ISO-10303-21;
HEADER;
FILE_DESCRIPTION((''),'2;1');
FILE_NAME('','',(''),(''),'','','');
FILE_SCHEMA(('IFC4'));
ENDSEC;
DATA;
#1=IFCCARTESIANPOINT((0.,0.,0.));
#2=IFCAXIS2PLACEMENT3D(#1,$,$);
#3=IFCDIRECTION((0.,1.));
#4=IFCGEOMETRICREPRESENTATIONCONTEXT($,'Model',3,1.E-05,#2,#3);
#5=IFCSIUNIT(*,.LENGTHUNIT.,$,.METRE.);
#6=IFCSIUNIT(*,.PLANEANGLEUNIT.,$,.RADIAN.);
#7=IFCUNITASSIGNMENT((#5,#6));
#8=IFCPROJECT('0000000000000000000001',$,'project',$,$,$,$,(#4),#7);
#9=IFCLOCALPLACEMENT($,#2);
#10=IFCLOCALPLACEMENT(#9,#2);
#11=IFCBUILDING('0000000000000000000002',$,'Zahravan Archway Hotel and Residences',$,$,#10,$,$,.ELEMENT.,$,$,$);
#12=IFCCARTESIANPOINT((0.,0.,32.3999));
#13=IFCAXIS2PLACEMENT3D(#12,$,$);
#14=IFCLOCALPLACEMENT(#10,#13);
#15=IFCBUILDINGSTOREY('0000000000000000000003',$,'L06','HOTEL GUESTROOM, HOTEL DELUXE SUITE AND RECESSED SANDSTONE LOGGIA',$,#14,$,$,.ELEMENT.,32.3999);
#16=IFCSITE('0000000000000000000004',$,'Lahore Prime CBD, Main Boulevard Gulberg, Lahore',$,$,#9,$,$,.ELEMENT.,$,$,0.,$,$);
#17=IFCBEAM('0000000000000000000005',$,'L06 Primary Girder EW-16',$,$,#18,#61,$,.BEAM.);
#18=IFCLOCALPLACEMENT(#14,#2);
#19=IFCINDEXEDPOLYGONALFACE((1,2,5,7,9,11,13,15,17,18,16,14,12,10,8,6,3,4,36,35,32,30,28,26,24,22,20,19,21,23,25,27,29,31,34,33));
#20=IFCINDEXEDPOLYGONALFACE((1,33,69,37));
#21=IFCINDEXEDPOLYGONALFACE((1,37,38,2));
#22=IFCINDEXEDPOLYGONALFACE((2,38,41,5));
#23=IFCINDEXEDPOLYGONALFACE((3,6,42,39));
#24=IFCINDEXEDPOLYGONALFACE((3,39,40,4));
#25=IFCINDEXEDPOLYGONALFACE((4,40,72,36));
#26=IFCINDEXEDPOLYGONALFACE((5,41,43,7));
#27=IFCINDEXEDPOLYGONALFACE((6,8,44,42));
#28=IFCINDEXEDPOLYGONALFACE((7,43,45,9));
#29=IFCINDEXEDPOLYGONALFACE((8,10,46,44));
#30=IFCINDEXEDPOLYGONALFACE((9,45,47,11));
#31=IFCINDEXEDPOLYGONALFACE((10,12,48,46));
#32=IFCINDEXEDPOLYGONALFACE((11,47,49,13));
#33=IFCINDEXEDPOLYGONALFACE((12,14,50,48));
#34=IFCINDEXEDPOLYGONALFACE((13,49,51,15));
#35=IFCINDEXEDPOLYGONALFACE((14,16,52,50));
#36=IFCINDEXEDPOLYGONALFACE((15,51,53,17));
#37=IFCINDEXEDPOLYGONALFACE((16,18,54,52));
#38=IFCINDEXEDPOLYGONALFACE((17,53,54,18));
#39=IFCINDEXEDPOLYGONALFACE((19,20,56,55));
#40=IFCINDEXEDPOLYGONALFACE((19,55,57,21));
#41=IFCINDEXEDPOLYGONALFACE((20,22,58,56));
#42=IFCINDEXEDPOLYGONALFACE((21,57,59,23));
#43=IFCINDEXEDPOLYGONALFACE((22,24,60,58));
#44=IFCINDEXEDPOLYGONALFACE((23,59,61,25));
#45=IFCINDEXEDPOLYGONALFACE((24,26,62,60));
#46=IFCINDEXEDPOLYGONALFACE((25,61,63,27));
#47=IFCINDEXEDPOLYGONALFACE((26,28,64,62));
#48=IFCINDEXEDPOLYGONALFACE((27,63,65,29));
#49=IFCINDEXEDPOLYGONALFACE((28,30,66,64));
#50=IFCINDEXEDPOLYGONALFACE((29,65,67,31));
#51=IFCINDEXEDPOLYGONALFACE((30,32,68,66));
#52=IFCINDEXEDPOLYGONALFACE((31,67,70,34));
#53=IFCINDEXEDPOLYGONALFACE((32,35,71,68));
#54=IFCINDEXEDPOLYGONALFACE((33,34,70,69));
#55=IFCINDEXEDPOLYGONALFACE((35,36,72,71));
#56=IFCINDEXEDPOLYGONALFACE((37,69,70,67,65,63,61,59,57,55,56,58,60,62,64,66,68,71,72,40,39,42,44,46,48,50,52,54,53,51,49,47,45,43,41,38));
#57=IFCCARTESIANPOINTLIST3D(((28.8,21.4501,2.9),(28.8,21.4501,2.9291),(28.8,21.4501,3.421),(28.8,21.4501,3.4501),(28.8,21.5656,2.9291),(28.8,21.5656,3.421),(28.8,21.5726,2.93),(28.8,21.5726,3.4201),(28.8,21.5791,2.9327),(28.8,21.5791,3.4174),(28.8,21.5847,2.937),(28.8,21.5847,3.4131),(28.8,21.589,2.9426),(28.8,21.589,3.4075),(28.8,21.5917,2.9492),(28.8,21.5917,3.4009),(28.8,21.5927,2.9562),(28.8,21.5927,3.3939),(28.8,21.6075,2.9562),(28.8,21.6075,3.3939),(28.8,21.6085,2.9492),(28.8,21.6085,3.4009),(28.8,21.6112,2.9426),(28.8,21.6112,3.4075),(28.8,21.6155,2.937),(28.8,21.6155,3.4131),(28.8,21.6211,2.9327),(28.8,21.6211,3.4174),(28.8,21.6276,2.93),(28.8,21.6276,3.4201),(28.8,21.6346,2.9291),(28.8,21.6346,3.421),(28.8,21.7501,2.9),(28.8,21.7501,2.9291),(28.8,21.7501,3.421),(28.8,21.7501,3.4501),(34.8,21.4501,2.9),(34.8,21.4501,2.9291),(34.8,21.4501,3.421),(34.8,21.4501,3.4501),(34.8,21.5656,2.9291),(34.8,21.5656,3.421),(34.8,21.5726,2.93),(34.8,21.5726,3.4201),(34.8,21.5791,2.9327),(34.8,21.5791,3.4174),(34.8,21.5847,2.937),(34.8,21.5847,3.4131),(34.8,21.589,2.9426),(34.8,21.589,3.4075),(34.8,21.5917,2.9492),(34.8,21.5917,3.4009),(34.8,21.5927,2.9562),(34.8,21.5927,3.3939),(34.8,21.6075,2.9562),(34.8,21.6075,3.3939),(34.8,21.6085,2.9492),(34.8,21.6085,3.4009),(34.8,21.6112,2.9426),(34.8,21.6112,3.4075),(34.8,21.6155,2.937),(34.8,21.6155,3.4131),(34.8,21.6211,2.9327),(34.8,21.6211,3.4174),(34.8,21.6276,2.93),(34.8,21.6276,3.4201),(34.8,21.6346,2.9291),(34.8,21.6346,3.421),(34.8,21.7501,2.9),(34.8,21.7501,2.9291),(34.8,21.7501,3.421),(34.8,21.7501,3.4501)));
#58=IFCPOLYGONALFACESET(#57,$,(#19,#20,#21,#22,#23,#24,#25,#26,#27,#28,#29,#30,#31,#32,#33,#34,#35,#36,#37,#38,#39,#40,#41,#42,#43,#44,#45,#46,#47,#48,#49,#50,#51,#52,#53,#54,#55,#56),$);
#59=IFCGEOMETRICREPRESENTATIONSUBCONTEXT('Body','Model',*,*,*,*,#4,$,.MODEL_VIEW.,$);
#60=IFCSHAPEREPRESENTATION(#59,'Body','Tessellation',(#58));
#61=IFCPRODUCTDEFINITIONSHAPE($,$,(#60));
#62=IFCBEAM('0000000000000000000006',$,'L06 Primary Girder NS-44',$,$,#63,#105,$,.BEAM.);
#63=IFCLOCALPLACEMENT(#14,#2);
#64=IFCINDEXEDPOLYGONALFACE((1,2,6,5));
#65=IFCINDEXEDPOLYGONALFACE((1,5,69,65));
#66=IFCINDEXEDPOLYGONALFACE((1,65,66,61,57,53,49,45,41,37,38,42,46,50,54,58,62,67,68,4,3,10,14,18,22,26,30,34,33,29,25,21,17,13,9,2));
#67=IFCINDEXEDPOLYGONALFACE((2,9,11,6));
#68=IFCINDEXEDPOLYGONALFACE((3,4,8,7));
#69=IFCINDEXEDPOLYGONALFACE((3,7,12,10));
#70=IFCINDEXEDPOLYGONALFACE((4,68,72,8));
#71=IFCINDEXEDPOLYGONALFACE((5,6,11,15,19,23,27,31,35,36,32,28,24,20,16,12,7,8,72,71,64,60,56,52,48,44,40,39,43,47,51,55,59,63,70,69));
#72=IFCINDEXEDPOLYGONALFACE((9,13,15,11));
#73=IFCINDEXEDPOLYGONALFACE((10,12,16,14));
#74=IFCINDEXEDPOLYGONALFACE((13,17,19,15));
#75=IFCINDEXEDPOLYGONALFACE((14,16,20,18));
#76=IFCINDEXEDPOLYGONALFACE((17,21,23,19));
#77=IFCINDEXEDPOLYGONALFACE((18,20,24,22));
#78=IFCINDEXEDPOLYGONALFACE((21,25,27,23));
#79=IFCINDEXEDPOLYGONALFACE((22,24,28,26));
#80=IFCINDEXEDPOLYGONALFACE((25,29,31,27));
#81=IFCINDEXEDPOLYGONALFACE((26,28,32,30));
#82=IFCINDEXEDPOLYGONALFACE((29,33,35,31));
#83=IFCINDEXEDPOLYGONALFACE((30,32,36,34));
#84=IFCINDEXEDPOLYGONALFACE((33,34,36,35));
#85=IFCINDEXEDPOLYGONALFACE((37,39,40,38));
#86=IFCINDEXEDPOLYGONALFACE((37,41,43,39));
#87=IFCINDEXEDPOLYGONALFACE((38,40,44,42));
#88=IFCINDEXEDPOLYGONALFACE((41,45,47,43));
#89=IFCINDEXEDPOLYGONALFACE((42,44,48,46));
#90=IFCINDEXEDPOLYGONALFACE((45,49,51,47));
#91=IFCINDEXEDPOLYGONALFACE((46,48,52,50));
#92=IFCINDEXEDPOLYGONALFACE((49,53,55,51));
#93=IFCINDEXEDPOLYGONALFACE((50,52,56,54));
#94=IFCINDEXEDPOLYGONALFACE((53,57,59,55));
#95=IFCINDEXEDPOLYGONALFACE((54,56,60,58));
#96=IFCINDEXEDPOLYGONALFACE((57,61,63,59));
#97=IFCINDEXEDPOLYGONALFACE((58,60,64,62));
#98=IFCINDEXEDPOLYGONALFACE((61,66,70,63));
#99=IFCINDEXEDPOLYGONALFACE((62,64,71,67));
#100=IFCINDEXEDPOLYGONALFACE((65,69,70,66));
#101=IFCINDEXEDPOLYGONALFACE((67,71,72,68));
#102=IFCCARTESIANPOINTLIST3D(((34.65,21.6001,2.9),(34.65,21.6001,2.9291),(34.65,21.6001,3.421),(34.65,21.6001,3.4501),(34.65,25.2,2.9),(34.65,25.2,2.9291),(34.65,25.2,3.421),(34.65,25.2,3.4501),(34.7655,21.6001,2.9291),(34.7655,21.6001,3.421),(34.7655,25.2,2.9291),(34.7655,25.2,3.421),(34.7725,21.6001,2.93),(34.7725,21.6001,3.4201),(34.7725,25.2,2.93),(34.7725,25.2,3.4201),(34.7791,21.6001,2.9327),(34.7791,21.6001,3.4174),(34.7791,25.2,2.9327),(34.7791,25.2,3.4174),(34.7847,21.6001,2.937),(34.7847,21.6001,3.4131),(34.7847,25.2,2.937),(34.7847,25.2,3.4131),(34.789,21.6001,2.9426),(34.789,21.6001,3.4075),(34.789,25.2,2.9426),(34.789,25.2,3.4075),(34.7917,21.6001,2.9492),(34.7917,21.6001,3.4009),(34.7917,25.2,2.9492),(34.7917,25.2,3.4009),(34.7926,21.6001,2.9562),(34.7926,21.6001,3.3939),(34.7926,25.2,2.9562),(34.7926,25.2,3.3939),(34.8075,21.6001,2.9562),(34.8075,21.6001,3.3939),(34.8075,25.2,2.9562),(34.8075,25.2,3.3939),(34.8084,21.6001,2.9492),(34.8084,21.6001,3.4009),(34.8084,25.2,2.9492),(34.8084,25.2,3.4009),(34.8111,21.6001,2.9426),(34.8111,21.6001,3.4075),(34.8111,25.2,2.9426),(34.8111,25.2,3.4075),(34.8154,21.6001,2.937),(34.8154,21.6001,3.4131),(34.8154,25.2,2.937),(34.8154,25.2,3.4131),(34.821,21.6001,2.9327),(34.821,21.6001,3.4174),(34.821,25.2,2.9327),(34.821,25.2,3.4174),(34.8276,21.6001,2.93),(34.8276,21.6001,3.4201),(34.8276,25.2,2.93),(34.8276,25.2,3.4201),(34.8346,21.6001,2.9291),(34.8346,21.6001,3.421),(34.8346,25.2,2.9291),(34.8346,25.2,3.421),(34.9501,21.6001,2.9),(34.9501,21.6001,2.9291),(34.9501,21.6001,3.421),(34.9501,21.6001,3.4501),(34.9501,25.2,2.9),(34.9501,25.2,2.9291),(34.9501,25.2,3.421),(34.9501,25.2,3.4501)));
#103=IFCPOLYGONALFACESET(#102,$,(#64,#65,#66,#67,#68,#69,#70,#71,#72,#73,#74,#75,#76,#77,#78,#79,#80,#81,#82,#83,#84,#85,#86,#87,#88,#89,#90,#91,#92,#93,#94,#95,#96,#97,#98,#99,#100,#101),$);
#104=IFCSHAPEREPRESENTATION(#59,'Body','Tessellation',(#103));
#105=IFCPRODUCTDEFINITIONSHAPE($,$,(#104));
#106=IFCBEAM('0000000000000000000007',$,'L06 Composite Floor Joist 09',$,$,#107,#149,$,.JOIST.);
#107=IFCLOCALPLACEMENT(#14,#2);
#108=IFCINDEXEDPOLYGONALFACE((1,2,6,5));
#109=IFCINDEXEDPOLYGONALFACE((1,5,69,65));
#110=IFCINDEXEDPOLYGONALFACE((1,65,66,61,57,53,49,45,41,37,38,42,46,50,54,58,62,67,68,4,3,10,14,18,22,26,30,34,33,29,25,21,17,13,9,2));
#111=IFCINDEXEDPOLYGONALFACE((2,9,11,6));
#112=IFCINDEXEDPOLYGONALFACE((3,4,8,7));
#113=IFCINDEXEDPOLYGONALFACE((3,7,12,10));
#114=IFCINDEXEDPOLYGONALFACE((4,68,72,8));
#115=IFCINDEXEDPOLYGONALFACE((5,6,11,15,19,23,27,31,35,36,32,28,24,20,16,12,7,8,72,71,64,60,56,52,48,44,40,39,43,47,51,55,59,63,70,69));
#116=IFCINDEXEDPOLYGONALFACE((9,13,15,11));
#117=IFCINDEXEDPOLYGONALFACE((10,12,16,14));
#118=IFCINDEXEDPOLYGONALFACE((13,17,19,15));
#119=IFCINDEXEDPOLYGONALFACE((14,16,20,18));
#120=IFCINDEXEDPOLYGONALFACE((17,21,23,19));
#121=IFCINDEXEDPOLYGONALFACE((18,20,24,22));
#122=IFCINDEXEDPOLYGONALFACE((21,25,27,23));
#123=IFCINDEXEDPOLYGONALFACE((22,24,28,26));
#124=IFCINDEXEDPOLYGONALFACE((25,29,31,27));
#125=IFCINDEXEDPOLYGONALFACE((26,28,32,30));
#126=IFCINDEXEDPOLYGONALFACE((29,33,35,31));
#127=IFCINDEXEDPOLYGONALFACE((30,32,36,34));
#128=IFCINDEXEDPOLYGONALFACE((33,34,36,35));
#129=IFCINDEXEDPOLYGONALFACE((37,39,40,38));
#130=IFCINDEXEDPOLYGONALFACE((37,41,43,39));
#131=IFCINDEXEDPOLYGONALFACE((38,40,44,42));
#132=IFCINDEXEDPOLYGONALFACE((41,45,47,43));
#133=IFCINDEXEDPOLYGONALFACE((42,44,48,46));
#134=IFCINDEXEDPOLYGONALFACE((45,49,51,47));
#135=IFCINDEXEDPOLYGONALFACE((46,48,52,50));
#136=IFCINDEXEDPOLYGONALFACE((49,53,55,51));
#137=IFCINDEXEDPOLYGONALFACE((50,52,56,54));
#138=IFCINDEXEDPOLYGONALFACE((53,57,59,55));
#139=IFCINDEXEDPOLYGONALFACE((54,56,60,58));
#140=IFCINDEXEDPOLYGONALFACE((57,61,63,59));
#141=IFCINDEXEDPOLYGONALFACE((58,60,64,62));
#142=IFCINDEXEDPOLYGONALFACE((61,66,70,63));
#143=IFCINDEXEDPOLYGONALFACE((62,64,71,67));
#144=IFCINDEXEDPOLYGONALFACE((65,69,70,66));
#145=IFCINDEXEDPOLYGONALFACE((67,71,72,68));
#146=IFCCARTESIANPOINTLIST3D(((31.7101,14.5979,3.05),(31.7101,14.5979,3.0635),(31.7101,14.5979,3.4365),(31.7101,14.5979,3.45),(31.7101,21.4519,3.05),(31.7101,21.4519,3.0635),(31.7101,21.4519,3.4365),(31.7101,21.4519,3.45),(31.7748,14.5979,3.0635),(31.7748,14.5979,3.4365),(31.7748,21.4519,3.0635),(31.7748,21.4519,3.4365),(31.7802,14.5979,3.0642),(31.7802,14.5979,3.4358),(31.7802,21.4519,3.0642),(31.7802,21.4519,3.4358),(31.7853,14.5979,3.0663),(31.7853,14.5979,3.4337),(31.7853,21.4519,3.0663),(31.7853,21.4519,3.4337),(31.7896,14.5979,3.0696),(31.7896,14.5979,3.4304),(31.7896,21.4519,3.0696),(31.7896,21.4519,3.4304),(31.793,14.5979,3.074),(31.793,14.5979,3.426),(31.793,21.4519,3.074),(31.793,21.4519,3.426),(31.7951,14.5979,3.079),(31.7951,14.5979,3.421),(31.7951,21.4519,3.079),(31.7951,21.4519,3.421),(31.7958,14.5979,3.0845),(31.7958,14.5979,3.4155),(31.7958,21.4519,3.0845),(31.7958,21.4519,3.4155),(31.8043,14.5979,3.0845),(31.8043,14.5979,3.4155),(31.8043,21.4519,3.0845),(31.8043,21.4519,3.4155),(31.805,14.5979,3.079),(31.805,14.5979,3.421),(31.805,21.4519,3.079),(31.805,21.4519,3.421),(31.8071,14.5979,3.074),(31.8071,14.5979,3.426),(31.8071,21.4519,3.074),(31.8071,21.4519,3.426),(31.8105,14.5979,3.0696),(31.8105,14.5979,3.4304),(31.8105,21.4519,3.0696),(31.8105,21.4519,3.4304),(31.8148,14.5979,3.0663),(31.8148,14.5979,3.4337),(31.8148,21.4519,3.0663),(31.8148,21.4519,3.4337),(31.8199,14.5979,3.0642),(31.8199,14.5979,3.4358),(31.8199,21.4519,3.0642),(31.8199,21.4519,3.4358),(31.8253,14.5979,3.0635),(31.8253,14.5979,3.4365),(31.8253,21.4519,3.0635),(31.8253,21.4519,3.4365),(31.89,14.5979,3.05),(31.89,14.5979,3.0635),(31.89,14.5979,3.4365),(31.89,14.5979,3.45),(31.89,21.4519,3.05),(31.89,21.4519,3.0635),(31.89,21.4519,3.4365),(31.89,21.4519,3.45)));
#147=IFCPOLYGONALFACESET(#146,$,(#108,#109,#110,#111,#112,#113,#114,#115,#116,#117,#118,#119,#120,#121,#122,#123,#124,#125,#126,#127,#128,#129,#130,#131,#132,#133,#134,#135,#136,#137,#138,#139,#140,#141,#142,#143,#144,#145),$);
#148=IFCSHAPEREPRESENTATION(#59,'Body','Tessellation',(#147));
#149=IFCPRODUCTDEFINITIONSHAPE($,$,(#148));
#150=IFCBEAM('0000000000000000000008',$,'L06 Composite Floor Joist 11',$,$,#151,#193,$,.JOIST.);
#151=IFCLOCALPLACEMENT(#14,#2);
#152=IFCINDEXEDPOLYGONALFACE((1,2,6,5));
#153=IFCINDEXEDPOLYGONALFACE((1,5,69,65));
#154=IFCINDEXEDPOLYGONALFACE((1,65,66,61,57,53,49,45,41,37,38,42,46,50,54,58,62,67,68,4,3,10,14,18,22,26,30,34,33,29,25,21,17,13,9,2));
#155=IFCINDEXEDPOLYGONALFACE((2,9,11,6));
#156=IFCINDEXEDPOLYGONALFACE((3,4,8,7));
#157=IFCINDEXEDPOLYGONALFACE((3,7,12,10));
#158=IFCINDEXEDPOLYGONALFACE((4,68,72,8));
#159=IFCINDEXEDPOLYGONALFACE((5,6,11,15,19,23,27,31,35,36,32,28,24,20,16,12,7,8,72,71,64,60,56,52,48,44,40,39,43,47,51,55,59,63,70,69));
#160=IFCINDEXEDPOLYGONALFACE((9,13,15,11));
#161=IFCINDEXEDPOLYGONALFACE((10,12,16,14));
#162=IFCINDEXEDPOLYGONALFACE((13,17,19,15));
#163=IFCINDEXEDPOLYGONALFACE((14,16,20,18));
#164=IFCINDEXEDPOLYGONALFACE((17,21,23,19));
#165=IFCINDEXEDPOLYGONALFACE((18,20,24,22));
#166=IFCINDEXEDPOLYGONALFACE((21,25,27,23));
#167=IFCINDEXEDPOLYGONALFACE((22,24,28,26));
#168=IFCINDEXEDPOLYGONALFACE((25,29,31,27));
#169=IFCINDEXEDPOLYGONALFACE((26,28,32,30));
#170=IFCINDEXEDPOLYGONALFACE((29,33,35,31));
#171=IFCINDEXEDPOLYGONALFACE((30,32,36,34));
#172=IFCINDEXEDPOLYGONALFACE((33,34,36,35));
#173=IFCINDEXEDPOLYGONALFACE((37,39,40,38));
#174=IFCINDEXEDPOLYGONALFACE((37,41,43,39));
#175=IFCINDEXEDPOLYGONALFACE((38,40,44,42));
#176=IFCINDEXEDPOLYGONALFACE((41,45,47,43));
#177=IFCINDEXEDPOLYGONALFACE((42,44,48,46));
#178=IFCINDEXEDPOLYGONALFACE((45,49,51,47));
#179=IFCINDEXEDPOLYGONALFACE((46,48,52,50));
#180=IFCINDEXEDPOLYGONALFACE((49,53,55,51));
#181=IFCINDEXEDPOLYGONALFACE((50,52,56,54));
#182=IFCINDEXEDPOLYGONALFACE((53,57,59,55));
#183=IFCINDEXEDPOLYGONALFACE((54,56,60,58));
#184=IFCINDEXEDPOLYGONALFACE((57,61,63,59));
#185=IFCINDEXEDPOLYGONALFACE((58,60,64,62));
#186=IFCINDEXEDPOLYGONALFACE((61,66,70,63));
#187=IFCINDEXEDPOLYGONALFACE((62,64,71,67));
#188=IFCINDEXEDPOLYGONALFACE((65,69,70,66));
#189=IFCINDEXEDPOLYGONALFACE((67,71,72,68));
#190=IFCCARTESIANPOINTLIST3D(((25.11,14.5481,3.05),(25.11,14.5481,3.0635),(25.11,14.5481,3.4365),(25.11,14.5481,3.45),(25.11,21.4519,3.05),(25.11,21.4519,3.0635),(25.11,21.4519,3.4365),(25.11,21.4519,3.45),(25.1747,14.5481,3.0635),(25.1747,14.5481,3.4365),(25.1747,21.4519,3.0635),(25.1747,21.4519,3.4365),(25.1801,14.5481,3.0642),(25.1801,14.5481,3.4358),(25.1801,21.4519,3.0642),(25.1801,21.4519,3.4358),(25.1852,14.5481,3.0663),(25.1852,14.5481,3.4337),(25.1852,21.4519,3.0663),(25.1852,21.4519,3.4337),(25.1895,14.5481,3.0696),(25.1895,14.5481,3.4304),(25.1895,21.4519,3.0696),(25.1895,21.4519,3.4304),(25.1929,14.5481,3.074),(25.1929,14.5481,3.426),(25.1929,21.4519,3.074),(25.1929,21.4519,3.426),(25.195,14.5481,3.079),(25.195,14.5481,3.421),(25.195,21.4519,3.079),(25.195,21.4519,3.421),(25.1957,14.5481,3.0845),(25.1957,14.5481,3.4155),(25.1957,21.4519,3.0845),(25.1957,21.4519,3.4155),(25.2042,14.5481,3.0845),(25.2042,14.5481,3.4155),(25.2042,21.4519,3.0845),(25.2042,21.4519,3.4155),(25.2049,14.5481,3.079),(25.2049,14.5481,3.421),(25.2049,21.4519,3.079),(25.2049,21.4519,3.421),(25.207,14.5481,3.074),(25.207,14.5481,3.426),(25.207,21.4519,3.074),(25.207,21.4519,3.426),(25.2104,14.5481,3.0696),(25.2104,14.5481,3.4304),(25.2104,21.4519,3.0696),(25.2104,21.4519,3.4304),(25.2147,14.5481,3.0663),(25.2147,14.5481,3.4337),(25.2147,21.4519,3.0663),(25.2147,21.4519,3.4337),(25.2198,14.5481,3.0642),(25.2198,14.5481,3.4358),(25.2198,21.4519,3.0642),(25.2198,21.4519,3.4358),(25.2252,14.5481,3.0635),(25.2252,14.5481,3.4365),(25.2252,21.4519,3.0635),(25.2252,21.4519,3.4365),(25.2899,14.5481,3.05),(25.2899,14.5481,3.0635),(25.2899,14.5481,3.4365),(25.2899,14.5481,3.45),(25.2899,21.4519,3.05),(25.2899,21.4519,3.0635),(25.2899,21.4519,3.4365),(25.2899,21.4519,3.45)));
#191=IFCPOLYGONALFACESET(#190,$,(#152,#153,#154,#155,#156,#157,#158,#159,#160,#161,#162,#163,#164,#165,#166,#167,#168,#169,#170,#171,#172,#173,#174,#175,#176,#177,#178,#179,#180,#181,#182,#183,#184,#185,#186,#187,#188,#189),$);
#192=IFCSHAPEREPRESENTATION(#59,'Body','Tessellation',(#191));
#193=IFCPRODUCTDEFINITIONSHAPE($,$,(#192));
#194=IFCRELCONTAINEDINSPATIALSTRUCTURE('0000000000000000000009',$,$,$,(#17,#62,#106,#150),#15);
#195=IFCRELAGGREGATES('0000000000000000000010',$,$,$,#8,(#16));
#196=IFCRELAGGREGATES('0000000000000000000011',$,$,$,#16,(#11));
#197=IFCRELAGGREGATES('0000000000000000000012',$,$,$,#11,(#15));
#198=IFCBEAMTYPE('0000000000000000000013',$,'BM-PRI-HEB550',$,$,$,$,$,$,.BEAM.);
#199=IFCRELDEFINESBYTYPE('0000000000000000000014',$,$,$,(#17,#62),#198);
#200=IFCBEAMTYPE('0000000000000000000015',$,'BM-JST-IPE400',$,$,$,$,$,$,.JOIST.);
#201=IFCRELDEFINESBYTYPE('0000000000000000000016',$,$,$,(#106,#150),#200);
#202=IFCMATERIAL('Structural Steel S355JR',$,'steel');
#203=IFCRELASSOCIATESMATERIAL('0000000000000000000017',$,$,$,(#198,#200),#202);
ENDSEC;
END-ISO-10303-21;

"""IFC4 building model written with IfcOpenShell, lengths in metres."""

from ifc_helpers import new_model, si_unit, direction, frame, origin, origin_2d, place, context, subcontext, project, spatial, i_section, extrude, source, transform, mapped, material, material_profile, profile_set, type_object, element, save


model = new_model("IFC4")

# Units and contexts
model_context = context("Model", 3, precision=1e-05, world=origin(), true_north=direction((0.0, 1.0)))
body_context = subcontext(model_context, "Body", "Model", "MODEL_VIEW")
ifc_project = project(units=[si_unit("LENGTHUNIT", "METRE"), si_unit("PLANEANGLEUNIT", "RADIAN")], contexts=[model_context])

# Site, building, storey
site_placement = place(None, origin())
site = spatial("IfcSite", under=ifc_project, at=site_placement, Name="Lahore Prime CBD, Main Boulevard Gulberg, Lahore", CompositionType="ELEMENT", RefElevation=0.0)
building_placement = place(site_placement, origin())
building = spatial("IfcBuilding", under=site, at=building_placement, Name="Zahravan Archway Hotel and Residences", CompositionType="ELEMENT")
storey_placement = place(building_placement, frame((0.0, 0.0, 32.3999)))
storey = spatial("IfcBuildingStorey", under=building, at=storey_placement, Name="L06", Description="HOTEL GUESTROOM, HOTEL DELUXE SUITE AND RECESSED SANDSTONE LOGGIA", CompositionType="ELEMENT", Elevation=32.3999)

# Beams
ifc_material_1 = material(Name="Structural Steel S355JR", Category="steel")
ifc_material_profile_1 = material_profile(ifc_material_1, i_section(OverallWidth=0.3, OverallDepth=0.55, WebThickness=0.0149, FlangeThickness=0.0291, FilletRadius=0.0271, at=origin_2d()), Name="HEB 550", Category="steel")
ifc_profile_set_1 = profile_set([ifc_material_profile_1], Name="Structural Steel S355JR")
beam_type_1 = type_object("IfcBeamType", Name="BM-PRI-HEB550", PredefinedType="BEAM", material=ifc_profile_set_1)
shared_shape_1 = source(origin(), body_context, "Body", "SweptSolid", [
    extrude(i_section(OverallWidth=0.3, OverallDepth=0.55, WebThickness=0.0149, FlangeThickness=0.0291, FilletRadius=0.0271, at=origin_2d()), origin(), (0.0, 0.0, 1.0), 6.0),
])
beam_1_placement = place(storey_placement, frame((28.8, 21.6001, 3.175), z_axis=(1.0, 0.0, 0.0), x_axis=(0.0, 1.0, 0.0)))
element("IfcBeam", 1, at=beam_1_placement, inside=storey, type_object=beam_type_1, Name="L06 Primary Girder EW-16", PredefinedType="BEAM", context=body_context, shape_type="MappedRepresentation", body=[
    mapped(shared_shape_1, transform((0.0, 0.0, 0.0), scale=1.0)),
])
shared_shape_2 = source(origin(), body_context, "Body", "SweptSolid", [
    extrude(i_section(OverallWidth=0.3, OverallDepth=0.55, WebThickness=0.0149, FlangeThickness=0.0291, FilletRadius=0.0271, at=origin_2d()), origin(), (0.0, 0.0, 1.0), 3.5999),
])
beam_2_placement = place(storey_placement, frame((34.8, 21.6001, 3.175), z_axis=(0.0, 1.0, 0.0), x_axis=(-1.0, 0.0, 0.0)))
element("IfcBeam", 2, at=beam_2_placement, inside=storey, type_object=beam_type_1, Name="L06 Primary Girder NS-44", PredefinedType="BEAM", context=body_context, shape_type="MappedRepresentation", body=[
    mapped(shared_shape_2, transform((0.0, 0.0, 0.0), scale=1.0)),
])
ifc_material_profile_2 = material_profile(ifc_material_1, i_section(OverallWidth=0.1799, OverallDepth=0.3999, WebThickness=0.0085, FlangeThickness=0.0134, FilletRadius=0.021, at=origin_2d()), Name="IPE 400", Category="steel")
ifc_profile_set_2 = profile_set([ifc_material_profile_2], Name="Structural Steel S355JR")
beam_type_2 = type_object("IfcBeamType", Name="BM-JST-IPE400", PredefinedType="JOIST", material=ifc_profile_set_2)
shared_shape_3 = source(origin(), body_context, "Body", "SweptSolid", [
    extrude(i_section(OverallWidth=0.1799, OverallDepth=0.3999, WebThickness=0.0085, FlangeThickness=0.0134, FilletRadius=0.021, at=origin_2d()), origin(), (0.0, 0.0, 1.0), 6.854),
])
beam_3_placement = place(storey_placement, frame((31.8, 14.5979, 3.25), z_axis=(0.0, 1.0, 0.0), x_axis=(-1.0, 0.0, 0.0)))
element("IfcBeam", 3, at=beam_3_placement, inside=storey, type_object=beam_type_2, Name="L06 Composite Floor Joist 09", PredefinedType="JOIST", context=body_context, shape_type="MappedRepresentation", body=[
    mapped(shared_shape_3, transform((0.0, 0.0, 0.0), scale=1.0)),
])
shared_shape_4 = source(origin(), body_context, "Body", "SweptSolid", [
    extrude(i_section(OverallWidth=0.1799, OverallDepth=0.3999, WebThickness=0.0085, FlangeThickness=0.0134, FilletRadius=0.021, at=origin_2d()), origin(), (0.0, 0.0, 1.0), 6.9038),
])
beam_4_placement = place(storey_placement, frame((25.2, 14.5481, 3.25), z_axis=(0.0, 1.0, 0.0), x_axis=(-1.0, 0.0, 0.0)))
element("IfcBeam", 4, at=beam_4_placement, inside=storey, type_object=beam_type_2, Name="L06 Composite Floor Joist 11", PredefinedType="JOIST", context=body_context, shape_type="MappedRepresentation", body=[
    mapped(shared_shape_4, transform((0.0, 0.0, 0.0), scale=1.0)),
])

save(model, "model.ifc")
